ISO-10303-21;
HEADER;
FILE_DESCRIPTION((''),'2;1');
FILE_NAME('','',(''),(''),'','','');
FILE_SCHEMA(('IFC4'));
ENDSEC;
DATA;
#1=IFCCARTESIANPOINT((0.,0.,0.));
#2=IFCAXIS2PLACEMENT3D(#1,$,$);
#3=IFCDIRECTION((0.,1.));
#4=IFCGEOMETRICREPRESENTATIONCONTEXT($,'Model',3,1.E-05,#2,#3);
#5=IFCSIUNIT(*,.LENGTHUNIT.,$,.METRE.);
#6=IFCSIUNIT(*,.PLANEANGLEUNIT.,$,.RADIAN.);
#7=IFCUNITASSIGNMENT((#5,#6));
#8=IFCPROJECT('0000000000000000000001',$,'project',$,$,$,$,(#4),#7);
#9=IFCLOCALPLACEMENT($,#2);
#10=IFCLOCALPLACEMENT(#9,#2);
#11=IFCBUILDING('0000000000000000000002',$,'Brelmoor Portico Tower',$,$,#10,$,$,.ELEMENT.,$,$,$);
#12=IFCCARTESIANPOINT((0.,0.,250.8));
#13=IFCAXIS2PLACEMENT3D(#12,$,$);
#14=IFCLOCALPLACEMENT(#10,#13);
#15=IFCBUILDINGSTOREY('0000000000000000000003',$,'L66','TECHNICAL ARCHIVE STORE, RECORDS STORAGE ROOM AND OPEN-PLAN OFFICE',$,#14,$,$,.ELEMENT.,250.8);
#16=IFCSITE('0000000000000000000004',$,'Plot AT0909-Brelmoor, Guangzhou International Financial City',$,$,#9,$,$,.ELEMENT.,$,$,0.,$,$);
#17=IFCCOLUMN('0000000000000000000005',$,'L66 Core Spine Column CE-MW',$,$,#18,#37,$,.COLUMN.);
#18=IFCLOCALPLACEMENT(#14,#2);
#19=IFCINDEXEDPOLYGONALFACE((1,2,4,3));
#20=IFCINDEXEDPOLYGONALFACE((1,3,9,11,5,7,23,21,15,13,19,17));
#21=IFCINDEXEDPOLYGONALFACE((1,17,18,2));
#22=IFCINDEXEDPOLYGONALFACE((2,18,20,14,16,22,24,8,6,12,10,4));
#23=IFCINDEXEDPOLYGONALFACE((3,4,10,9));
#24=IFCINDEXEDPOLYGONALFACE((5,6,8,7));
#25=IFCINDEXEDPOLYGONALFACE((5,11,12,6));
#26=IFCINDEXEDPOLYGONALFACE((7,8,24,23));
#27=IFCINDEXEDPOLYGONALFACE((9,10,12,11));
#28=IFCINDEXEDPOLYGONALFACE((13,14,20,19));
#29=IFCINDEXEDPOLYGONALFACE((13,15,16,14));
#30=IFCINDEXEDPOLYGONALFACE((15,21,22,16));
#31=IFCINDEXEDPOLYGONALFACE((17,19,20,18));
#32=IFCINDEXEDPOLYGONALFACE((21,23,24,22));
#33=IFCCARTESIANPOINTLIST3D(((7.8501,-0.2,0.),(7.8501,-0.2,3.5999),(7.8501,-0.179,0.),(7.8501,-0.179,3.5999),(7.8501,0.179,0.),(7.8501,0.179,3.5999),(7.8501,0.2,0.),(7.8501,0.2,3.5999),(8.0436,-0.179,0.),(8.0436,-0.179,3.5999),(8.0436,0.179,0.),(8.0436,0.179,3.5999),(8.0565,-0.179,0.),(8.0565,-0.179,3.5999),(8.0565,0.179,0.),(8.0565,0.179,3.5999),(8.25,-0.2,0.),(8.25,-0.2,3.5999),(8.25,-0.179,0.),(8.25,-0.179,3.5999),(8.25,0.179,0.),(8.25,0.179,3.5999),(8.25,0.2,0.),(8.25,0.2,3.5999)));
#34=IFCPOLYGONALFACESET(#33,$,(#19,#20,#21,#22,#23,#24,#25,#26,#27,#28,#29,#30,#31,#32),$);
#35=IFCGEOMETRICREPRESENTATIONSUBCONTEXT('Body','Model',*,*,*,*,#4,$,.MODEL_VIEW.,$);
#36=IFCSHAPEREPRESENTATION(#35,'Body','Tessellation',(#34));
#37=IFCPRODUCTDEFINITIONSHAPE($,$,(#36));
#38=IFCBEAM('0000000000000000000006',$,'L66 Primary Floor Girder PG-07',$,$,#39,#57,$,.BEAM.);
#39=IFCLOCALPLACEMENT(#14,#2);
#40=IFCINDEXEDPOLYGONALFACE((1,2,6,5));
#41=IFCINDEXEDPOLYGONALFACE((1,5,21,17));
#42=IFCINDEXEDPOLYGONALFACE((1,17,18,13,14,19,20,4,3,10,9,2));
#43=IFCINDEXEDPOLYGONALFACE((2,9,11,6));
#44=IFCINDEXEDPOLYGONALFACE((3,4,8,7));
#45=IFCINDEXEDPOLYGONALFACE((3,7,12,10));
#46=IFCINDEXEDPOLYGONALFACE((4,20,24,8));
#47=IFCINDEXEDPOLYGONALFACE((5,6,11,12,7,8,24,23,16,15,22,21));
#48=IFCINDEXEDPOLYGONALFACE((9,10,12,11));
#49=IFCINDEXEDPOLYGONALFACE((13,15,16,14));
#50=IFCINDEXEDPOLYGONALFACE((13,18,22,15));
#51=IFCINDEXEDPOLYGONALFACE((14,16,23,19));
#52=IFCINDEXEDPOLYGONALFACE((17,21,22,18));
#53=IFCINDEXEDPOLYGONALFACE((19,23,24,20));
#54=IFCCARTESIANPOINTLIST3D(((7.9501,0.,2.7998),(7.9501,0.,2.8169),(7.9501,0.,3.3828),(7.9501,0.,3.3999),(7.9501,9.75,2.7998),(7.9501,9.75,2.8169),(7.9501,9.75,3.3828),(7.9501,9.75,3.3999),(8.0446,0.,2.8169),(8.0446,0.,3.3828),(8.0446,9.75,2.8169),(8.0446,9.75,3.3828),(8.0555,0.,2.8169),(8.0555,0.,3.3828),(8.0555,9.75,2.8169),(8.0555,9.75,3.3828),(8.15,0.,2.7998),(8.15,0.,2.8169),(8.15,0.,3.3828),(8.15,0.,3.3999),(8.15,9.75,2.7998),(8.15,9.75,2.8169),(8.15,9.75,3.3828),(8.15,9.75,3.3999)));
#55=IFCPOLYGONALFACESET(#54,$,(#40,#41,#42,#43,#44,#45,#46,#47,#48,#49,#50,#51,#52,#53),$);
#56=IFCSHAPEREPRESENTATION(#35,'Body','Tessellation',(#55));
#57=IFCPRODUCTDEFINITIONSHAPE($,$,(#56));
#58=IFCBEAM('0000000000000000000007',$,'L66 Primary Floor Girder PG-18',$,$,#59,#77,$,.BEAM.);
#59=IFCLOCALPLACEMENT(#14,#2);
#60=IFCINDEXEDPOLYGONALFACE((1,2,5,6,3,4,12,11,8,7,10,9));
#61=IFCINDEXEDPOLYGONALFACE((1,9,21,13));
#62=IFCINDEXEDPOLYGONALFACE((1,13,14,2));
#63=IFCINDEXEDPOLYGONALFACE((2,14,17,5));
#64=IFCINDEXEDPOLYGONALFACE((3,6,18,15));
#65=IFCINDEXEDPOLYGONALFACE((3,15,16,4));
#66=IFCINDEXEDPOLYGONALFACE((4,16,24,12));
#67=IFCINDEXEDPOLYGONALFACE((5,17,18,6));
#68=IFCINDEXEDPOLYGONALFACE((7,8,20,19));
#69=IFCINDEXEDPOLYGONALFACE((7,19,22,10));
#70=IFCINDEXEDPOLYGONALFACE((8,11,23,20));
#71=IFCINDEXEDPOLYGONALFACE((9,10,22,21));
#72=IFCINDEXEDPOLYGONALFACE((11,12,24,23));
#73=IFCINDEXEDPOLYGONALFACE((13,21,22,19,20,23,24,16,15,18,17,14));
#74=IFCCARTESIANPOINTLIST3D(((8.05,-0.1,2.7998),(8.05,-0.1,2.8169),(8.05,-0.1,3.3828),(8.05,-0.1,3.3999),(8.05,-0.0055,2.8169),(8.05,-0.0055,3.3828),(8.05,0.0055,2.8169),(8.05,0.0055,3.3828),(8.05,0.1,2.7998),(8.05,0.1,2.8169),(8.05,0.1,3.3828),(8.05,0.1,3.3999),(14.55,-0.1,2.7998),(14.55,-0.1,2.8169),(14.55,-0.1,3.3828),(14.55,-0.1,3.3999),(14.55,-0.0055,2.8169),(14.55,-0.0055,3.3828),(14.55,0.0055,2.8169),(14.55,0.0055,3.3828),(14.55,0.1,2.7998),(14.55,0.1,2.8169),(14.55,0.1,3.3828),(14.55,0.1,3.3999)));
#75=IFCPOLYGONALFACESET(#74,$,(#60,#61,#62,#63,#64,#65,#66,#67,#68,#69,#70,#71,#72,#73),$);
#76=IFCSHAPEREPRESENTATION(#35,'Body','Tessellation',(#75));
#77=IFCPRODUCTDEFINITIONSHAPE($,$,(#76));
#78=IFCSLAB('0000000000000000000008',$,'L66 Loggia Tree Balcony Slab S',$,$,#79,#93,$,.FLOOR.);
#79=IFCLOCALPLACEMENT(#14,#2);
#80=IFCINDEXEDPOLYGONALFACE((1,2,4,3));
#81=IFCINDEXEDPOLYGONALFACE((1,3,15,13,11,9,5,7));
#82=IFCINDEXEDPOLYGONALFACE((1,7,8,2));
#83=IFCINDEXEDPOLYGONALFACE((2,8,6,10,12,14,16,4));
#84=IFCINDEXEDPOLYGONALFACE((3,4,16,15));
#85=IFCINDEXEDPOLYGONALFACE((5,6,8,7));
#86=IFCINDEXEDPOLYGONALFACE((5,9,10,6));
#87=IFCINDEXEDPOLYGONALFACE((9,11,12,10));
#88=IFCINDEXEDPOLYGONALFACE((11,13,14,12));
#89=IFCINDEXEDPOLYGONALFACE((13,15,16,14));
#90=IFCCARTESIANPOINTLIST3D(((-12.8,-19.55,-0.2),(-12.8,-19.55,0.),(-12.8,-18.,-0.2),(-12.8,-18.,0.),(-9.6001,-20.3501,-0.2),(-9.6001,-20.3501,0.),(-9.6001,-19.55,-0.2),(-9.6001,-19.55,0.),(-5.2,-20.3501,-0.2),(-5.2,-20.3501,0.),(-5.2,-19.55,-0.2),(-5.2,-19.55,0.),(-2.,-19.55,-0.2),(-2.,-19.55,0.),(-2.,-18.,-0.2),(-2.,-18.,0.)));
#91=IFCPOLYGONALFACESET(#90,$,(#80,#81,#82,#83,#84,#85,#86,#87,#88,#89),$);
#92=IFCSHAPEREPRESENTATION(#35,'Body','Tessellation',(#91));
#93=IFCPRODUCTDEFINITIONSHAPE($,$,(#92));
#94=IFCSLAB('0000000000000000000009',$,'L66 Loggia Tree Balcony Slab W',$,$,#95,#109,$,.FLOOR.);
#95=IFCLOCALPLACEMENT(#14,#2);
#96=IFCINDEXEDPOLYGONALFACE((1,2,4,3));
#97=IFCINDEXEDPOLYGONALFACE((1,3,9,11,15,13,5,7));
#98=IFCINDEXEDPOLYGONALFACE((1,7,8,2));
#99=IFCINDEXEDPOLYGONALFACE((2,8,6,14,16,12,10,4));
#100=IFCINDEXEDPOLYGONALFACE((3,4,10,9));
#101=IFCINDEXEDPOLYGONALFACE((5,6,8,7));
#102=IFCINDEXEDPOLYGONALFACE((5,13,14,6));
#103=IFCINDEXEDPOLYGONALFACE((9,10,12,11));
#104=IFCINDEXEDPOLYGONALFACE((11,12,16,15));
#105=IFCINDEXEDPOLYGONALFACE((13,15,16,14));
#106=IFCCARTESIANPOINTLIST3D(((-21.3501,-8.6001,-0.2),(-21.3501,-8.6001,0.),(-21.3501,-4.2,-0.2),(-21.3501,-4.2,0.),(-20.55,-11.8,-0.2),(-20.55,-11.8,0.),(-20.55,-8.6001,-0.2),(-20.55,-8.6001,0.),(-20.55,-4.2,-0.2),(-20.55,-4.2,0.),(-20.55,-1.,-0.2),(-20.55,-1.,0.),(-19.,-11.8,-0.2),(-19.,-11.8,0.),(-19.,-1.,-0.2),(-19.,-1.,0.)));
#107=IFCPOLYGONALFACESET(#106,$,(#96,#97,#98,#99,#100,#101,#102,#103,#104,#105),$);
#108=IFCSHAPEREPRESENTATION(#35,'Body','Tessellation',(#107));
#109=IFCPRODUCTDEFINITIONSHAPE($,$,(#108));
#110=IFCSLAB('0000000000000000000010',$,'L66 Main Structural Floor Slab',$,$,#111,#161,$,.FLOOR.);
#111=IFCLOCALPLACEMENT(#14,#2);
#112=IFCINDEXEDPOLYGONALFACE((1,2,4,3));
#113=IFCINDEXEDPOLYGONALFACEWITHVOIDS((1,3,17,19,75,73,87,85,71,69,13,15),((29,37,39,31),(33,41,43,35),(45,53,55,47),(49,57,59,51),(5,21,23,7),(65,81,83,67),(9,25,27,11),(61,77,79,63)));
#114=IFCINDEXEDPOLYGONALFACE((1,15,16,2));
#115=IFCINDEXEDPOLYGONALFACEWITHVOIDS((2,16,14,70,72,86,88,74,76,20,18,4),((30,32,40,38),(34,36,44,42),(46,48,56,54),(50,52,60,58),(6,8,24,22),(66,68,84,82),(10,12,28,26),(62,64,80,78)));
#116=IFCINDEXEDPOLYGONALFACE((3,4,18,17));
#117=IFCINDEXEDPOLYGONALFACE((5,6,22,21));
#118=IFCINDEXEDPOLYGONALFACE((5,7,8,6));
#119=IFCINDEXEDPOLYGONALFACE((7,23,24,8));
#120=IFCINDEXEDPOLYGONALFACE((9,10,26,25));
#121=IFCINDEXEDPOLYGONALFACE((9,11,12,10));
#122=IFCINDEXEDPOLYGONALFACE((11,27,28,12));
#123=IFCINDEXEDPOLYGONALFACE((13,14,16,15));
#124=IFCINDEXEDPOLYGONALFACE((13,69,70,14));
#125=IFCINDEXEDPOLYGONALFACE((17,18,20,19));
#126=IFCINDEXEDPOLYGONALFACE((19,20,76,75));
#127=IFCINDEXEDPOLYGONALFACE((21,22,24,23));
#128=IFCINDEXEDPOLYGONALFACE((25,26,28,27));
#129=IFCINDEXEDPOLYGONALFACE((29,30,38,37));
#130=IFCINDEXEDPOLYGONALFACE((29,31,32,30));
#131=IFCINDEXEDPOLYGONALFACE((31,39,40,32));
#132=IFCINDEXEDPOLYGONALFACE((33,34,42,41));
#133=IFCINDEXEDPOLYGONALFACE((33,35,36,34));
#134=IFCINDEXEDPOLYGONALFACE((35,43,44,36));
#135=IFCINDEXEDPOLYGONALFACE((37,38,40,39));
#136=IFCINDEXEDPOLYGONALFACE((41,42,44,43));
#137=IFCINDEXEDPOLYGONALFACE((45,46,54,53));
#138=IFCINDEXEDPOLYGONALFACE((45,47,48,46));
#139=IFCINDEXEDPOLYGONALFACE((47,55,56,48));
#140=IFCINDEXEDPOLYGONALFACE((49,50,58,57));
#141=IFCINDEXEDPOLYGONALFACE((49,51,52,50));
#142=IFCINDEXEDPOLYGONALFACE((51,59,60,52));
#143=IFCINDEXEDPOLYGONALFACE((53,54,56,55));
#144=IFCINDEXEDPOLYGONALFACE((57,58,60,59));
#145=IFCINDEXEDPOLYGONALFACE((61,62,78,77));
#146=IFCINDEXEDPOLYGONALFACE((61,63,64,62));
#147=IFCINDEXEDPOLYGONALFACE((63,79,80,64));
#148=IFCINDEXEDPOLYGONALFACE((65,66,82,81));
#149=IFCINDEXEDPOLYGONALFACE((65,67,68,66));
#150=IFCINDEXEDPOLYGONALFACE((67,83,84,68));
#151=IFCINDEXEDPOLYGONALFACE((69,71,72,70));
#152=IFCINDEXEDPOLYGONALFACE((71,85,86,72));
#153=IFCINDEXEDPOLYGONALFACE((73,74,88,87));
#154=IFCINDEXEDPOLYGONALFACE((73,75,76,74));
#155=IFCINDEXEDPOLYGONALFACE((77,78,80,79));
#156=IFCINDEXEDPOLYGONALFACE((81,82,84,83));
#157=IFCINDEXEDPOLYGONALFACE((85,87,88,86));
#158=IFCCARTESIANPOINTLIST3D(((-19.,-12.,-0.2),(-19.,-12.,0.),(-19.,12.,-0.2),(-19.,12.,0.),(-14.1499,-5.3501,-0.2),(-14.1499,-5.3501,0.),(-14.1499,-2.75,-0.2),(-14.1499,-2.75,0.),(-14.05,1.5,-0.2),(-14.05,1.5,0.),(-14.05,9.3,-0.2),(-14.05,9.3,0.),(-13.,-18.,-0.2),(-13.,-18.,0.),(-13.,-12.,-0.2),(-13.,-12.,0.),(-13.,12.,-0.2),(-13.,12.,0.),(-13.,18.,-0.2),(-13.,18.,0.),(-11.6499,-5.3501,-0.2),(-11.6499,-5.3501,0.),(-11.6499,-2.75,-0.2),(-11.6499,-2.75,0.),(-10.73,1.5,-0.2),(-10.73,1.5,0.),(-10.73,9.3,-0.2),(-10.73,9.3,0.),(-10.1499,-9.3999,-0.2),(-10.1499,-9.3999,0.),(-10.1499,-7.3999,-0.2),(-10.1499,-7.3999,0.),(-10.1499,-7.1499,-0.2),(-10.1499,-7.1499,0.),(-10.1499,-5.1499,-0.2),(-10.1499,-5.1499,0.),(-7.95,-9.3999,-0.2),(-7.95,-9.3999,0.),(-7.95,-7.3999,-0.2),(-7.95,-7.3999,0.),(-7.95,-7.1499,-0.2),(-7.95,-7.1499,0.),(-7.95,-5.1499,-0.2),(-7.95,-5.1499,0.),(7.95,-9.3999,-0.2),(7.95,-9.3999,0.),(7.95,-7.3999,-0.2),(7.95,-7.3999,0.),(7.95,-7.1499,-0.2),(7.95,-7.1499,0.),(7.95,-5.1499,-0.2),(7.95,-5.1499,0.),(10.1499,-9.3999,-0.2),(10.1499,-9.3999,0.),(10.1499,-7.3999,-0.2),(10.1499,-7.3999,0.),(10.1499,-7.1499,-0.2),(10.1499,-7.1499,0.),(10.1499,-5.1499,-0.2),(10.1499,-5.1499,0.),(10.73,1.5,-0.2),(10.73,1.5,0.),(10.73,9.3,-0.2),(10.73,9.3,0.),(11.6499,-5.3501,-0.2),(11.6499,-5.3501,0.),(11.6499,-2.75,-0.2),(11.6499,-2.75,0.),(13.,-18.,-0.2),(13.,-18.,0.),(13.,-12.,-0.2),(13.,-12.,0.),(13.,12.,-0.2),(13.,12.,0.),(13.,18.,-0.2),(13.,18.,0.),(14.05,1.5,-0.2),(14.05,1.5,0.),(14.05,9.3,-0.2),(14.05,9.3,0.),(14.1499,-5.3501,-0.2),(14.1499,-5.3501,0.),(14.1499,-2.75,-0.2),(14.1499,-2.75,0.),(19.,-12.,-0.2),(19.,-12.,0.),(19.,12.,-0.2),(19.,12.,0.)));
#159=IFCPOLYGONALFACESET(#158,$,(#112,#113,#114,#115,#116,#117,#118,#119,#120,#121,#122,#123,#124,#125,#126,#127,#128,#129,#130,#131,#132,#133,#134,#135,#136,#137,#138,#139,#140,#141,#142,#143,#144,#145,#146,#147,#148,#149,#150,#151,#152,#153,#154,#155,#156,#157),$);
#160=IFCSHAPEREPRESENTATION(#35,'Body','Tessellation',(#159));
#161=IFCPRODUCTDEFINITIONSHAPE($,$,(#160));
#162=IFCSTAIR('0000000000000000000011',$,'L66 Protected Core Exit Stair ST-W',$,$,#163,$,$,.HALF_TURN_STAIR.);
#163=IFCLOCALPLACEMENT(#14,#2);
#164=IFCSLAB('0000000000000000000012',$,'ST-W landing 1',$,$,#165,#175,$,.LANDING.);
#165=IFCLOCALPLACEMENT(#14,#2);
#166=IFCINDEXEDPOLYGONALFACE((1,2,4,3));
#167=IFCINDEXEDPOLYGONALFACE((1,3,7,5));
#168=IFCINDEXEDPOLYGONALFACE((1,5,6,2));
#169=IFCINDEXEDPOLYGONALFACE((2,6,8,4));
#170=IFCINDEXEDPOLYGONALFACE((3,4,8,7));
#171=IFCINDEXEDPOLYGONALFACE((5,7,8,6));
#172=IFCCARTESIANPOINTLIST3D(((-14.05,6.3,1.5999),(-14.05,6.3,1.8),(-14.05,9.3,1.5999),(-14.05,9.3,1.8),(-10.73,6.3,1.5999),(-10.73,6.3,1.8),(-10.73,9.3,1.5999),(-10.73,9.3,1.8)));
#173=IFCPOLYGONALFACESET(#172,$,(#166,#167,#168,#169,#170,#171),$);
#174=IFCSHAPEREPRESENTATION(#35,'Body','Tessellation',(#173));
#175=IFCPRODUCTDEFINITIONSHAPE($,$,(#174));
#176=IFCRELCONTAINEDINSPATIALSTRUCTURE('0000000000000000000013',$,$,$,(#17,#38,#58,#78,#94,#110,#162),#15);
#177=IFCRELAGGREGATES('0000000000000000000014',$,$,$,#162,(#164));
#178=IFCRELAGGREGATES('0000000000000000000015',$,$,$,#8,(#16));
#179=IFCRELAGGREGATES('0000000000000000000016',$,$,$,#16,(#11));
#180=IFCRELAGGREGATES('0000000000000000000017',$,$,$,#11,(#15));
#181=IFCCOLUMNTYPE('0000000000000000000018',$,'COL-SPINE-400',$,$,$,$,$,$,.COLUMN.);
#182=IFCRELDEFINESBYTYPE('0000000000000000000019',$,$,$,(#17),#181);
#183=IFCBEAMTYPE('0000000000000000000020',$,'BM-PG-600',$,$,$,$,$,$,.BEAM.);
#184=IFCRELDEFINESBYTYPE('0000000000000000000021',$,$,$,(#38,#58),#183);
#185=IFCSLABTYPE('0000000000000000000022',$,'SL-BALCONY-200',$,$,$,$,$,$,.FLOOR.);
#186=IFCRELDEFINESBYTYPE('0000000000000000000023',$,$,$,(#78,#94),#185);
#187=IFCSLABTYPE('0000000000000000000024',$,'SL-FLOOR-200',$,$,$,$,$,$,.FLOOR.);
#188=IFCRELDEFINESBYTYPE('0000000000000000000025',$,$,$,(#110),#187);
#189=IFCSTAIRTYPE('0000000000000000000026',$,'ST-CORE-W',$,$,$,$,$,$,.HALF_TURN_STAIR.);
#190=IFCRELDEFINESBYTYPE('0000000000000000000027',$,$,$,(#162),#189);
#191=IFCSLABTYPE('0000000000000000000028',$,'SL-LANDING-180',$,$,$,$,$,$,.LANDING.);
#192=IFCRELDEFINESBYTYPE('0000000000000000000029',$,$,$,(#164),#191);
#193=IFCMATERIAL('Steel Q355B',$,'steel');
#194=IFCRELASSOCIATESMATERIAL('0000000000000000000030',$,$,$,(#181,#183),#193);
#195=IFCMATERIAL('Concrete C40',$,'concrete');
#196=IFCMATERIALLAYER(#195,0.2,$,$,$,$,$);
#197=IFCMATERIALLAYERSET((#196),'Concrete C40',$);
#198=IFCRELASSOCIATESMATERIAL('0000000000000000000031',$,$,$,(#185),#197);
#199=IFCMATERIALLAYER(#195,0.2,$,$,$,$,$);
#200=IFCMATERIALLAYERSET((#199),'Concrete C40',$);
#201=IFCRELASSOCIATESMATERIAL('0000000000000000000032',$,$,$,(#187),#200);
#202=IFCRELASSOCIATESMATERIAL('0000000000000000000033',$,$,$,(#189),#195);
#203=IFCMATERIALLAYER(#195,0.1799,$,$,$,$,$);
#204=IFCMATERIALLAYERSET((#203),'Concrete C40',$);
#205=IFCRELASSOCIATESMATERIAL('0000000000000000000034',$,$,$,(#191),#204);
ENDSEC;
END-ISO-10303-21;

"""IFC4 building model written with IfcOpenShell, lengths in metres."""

from ifc_helpers import new_model, si_unit, direction, frame, origin, origin_2d, place, context, subcontext, project, spatial, polyline, i_section, outline, extrude, material, layer, layer_set, material_profile, profile_set, type_object, element, aggregate, save


model = new_model("IFC4")

# Units and contexts
model_context = context("Model", 3, precision=1e-05, world=origin(), true_north=direction((0.0, 1.0)))
body_context = subcontext(model_context, "Body", "Model", "MODEL_VIEW")
ifc_project = project(units=[si_unit("LENGTHUNIT", "METRE"), si_unit("PLANEANGLEUNIT", "RADIAN")], contexts=[model_context])

# Site, building, storey
site_placement = place(None, origin())
site = spatial("IfcSite", under=ifc_project, at=site_placement, Name="Plot AT0909-Brelmoor, Guangzhou International Financial City", CompositionType="ELEMENT", RefElevation=0.0)
building_placement = place(site_placement, origin())
building = spatial("IfcBuilding", under=site, at=building_placement, Name="Brelmoor Portico Tower", CompositionType="ELEMENT")
storey_placement = place(building_placement, frame((0.0, 0.0, 250.8)))
storey = spatial("IfcBuildingStorey", under=building, at=storey_placement, Name="L66", Description="TECHNICAL ARCHIVE STORE, RECORDS STORAGE ROOM AND OPEN-PLAN OFFICE", CompositionType="ELEMENT", Elevation=250.8)

# Column
ifc_material_1 = material(Name="Steel Q355B", Category="steel")
ifc_material_profile_1 = material_profile(ifc_material_1, i_section(OverallWidth=0.3999, OverallDepth=0.3999, WebThickness=0.0129, FlangeThickness=0.021, at=origin_2d()), Name="HW 400x400x13x21")
ifc_profile_set_1 = profile_set([ifc_material_profile_1], Name="Steel Q355B")
column_type = type_object("IfcColumnType", Name="COL-SPINE-400", PredefinedType="COLUMN", material=ifc_profile_set_1)
column_placement = place(storey_placement, frame((8.05, 0.0, 0.0), z_axis=(0.0, 0.0, 1.0), x_axis=(1.0, 0.0, 0.0)))
element("IfcColumn", 1, at=column_placement, inside=storey, type_object=column_type, Name="L66 Core Spine Column CE-MW", PredefinedType="COLUMN", context=body_context, shape_type="SweptSolid", body=[
    extrude(i_section(OverallWidth=0.3999, OverallDepth=0.3999, WebThickness=0.0129, FlangeThickness=0.021, at=origin_2d()), origin(), (0.0, 0.0, 1.0), 3.5999),
])

# Beams
ifc_material_profile_2 = material_profile(ifc_material_1, i_section(OverallWidth=0.2, OverallDepth=0.6001, WebThickness=0.011, FlangeThickness=0.0171, at=origin_2d()), Name="HN 600x200x11x17")
ifc_profile_set_2 = profile_set([ifc_material_profile_2], Name="Steel Q355B")
beam_type = type_object("IfcBeamType", Name="BM-PG-600", PredefinedType="BEAM", material=ifc_profile_set_2)
beam_1_placement = place(storey_placement, frame((8.05, 0.0, 3.0999), z_axis=(0.0, 1.0, 0.0), x_axis=(-1.0, 0.0, 0.0)))
element("IfcBeam", 2, at=beam_1_placement, inside=storey, type_object=beam_type, Name="L66 Primary Floor Girder PG-07", PredefinedType="BEAM", context=body_context, shape_type="SweptSolid", body=[
    extrude(i_section(OverallWidth=0.2, OverallDepth=0.6001, WebThickness=0.011, FlangeThickness=0.0171, at=origin_2d()), origin(), (0.0, 0.0, 1.0), 9.75),
])
beam_2_placement = place(storey_placement, frame((8.05, 0.0, 3.0999), z_axis=(1.0, 0.0, 0.0), x_axis=(0.0, 1.0, 0.0)))
element("IfcBeam", 3, at=beam_2_placement, inside=storey, type_object=beam_type, Name="L66 Primary Floor Girder PG-18", PredefinedType="BEAM", context=body_context, shape_type="SweptSolid", body=[
    extrude(i_section(OverallWidth=0.2, OverallDepth=0.6001, WebThickness=0.011, FlangeThickness=0.0171, at=origin_2d()), origin(), (0.0, 0.0, 1.0), 6.5),
])

# Slabs
ifc_material_2 = material(Name="Concrete C40", Category="concrete")
ifc_layer_1 = layer(ifc_material_2, 0.2)
ifc_layer_set_1 = layer_set([ifc_layer_1], Name="Concrete C40")
slab_type_1 = type_object("IfcSlabType", Name="SL-BALCONY-200", PredefinedType="FLOOR", material=ifc_layer_set_1)
slab_1_placement = place(storey_placement, frame((0.0, 0.0, -0.2)))
element("IfcSlab", 4, at=slab_1_placement, inside=storey, type_object=slab_type_1, Name="L66 Loggia Tree Balcony Slab S", PredefinedType="FLOOR", context=body_context, shape_type="SweptSolid", body=[
    extrude(outline(polyline([(-12.8, -19.55), (-9.6001, -19.55), (-9.6001, -20.3501), (-5.2, -20.3501), (-5.2, -19.55), (-2.0, -19.55), (-2.0, -18.0), (-12.8, -18.0), (-12.8, -19.55)])), origin(), (0.0, 0.0, 1.0), 0.2),
])
slab_2_placement = place(storey_placement, frame((0.0, 0.0, -0.2)))
element("IfcSlab", 5, at=slab_2_placement, inside=storey, type_object=slab_type_1, Name="L66 Loggia Tree Balcony Slab W", PredefinedType="FLOOR", context=body_context, shape_type="SweptSolid", body=[
    extrude(outline(polyline([(-20.55, -11.8), (-19.0, -11.8), (-19.0, -1.0), (-20.55, -1.0), (-20.55, -4.2), (-21.3501, -4.2), (-21.3501, -8.6001), (-20.55, -8.6001), (-20.55, -11.8)])), origin(), (0.0, 0.0, 1.0), 0.2),
])
ifc_layer_2 = layer(ifc_material_2, 0.2)
ifc_layer_set_2 = layer_set([ifc_layer_2], Name="Concrete C40")
slab_type_2 = type_object("IfcSlabType", Name="SL-FLOOR-200", PredefinedType="FLOOR", material=ifc_layer_set_2)
slab_3_placement = place(storey_placement, frame((0.0, 0.0, -0.2)))
element("IfcSlab", 6, at=slab_3_placement, inside=storey, type_object=slab_type_2, Name="L66 Main Structural Floor Slab", PredefinedType="FLOOR", context=body_context, shape_type="SweptSolid", body=[
    extrude(outline(polyline([(-13.0, -18.0), (13.0, -18.0), (13.0, -12.0), (19.0, -12.0), (19.0, 12.0), (13.0, 12.0), (13.0, 18.0), (-13.0, 18.0), (-13.0, 12.0), (-19.0, 12.0), (-19.0, -12.0), (-13.0, -12.0), (-13.0, -18.0)]), holes=[polyline([(-10.73, 1.5), (-10.73, 9.3), (-14.05, 9.3), (-14.05, 1.5), (-10.73, 1.5)]), polyline([(14.05, 1.5), (14.05, 9.3), (10.73, 9.3), (10.73, 1.5), (14.05, 1.5)]), polyline([(-10.1499, -9.3999), (-7.95, -9.3999), (-7.95, -7.3999), (-10.1499, -7.3999), (-10.1499, -9.3999)]), polyline([(-10.1499, -7.1499), (-7.95, -7.1499), (-7.95, -5.1499), (-10.1499, -5.1499), (-10.1499, -7.1499)]), polyline([(7.95, -9.3999), (10.1499, -9.3999), (10.1499, -7.3999), (7.95, -7.3999), (7.95, -9.3999)]), polyline([(7.95, -7.1499), (10.1499, -7.1499), (10.1499, -5.1499), (7.95, -5.1499), (7.95, -7.1499)]), polyline([(-14.1499, -5.3501), (-11.6499, -5.3501), (-11.6499, -2.75), (-14.1499, -2.75), (-14.1499, -5.3501)]), polyline([(11.6499, -5.3501), (14.1499, -5.3501), (14.1499, -2.75), (11.6499, -2.75), (11.6499, -5.3501)])]), origin(), (0.0, 0.0, 1.0), 0.2),
])

# Stair, slab
stair_type_1 = type_object("IfcStairType", Name="ST-CORE-W", PredefinedType="HALF_TURN_STAIR", material=ifc_material_2)
stair_1_placement = place(storey_placement, origin())
stair_1 = element("IfcStair", 7, at=stair_1_placement, inside=storey, type_object=stair_type_1, Name="L66 Protected Core Exit Stair ST-W", PredefinedType="HALF_TURN_STAIR")
ifc_layer_3 = layer(ifc_material_2, 0.1799)
ifc_layer_set_3 = layer_set([ifc_layer_3], Name="Concrete C40")
slab_type_3 = type_object("IfcSlabType", Name="SL-LANDING-180", PredefinedType="LANDING", material=ifc_layer_set_3)
slab_4_placement = place(storey_placement, frame((0.0, 0.0, 1.5999)))
slab_4 = element("IfcSlab", 8, at=slab_4_placement, type_object=slab_type_3, Name="ST-W landing 1", PredefinedType="LANDING", context=body_context, shape_type="SweptSolid", body=[
    extrude(outline(polyline([(-10.73, 6.3), (-10.73, 9.3), (-14.05, 9.3), (-14.05, 6.3), (-10.73, 6.3)])), origin(), (0.0, 0.0, 1.0), 0.2002),
])
aggregate(stair_1, [slab_4])

save(model, "model.ifc")
